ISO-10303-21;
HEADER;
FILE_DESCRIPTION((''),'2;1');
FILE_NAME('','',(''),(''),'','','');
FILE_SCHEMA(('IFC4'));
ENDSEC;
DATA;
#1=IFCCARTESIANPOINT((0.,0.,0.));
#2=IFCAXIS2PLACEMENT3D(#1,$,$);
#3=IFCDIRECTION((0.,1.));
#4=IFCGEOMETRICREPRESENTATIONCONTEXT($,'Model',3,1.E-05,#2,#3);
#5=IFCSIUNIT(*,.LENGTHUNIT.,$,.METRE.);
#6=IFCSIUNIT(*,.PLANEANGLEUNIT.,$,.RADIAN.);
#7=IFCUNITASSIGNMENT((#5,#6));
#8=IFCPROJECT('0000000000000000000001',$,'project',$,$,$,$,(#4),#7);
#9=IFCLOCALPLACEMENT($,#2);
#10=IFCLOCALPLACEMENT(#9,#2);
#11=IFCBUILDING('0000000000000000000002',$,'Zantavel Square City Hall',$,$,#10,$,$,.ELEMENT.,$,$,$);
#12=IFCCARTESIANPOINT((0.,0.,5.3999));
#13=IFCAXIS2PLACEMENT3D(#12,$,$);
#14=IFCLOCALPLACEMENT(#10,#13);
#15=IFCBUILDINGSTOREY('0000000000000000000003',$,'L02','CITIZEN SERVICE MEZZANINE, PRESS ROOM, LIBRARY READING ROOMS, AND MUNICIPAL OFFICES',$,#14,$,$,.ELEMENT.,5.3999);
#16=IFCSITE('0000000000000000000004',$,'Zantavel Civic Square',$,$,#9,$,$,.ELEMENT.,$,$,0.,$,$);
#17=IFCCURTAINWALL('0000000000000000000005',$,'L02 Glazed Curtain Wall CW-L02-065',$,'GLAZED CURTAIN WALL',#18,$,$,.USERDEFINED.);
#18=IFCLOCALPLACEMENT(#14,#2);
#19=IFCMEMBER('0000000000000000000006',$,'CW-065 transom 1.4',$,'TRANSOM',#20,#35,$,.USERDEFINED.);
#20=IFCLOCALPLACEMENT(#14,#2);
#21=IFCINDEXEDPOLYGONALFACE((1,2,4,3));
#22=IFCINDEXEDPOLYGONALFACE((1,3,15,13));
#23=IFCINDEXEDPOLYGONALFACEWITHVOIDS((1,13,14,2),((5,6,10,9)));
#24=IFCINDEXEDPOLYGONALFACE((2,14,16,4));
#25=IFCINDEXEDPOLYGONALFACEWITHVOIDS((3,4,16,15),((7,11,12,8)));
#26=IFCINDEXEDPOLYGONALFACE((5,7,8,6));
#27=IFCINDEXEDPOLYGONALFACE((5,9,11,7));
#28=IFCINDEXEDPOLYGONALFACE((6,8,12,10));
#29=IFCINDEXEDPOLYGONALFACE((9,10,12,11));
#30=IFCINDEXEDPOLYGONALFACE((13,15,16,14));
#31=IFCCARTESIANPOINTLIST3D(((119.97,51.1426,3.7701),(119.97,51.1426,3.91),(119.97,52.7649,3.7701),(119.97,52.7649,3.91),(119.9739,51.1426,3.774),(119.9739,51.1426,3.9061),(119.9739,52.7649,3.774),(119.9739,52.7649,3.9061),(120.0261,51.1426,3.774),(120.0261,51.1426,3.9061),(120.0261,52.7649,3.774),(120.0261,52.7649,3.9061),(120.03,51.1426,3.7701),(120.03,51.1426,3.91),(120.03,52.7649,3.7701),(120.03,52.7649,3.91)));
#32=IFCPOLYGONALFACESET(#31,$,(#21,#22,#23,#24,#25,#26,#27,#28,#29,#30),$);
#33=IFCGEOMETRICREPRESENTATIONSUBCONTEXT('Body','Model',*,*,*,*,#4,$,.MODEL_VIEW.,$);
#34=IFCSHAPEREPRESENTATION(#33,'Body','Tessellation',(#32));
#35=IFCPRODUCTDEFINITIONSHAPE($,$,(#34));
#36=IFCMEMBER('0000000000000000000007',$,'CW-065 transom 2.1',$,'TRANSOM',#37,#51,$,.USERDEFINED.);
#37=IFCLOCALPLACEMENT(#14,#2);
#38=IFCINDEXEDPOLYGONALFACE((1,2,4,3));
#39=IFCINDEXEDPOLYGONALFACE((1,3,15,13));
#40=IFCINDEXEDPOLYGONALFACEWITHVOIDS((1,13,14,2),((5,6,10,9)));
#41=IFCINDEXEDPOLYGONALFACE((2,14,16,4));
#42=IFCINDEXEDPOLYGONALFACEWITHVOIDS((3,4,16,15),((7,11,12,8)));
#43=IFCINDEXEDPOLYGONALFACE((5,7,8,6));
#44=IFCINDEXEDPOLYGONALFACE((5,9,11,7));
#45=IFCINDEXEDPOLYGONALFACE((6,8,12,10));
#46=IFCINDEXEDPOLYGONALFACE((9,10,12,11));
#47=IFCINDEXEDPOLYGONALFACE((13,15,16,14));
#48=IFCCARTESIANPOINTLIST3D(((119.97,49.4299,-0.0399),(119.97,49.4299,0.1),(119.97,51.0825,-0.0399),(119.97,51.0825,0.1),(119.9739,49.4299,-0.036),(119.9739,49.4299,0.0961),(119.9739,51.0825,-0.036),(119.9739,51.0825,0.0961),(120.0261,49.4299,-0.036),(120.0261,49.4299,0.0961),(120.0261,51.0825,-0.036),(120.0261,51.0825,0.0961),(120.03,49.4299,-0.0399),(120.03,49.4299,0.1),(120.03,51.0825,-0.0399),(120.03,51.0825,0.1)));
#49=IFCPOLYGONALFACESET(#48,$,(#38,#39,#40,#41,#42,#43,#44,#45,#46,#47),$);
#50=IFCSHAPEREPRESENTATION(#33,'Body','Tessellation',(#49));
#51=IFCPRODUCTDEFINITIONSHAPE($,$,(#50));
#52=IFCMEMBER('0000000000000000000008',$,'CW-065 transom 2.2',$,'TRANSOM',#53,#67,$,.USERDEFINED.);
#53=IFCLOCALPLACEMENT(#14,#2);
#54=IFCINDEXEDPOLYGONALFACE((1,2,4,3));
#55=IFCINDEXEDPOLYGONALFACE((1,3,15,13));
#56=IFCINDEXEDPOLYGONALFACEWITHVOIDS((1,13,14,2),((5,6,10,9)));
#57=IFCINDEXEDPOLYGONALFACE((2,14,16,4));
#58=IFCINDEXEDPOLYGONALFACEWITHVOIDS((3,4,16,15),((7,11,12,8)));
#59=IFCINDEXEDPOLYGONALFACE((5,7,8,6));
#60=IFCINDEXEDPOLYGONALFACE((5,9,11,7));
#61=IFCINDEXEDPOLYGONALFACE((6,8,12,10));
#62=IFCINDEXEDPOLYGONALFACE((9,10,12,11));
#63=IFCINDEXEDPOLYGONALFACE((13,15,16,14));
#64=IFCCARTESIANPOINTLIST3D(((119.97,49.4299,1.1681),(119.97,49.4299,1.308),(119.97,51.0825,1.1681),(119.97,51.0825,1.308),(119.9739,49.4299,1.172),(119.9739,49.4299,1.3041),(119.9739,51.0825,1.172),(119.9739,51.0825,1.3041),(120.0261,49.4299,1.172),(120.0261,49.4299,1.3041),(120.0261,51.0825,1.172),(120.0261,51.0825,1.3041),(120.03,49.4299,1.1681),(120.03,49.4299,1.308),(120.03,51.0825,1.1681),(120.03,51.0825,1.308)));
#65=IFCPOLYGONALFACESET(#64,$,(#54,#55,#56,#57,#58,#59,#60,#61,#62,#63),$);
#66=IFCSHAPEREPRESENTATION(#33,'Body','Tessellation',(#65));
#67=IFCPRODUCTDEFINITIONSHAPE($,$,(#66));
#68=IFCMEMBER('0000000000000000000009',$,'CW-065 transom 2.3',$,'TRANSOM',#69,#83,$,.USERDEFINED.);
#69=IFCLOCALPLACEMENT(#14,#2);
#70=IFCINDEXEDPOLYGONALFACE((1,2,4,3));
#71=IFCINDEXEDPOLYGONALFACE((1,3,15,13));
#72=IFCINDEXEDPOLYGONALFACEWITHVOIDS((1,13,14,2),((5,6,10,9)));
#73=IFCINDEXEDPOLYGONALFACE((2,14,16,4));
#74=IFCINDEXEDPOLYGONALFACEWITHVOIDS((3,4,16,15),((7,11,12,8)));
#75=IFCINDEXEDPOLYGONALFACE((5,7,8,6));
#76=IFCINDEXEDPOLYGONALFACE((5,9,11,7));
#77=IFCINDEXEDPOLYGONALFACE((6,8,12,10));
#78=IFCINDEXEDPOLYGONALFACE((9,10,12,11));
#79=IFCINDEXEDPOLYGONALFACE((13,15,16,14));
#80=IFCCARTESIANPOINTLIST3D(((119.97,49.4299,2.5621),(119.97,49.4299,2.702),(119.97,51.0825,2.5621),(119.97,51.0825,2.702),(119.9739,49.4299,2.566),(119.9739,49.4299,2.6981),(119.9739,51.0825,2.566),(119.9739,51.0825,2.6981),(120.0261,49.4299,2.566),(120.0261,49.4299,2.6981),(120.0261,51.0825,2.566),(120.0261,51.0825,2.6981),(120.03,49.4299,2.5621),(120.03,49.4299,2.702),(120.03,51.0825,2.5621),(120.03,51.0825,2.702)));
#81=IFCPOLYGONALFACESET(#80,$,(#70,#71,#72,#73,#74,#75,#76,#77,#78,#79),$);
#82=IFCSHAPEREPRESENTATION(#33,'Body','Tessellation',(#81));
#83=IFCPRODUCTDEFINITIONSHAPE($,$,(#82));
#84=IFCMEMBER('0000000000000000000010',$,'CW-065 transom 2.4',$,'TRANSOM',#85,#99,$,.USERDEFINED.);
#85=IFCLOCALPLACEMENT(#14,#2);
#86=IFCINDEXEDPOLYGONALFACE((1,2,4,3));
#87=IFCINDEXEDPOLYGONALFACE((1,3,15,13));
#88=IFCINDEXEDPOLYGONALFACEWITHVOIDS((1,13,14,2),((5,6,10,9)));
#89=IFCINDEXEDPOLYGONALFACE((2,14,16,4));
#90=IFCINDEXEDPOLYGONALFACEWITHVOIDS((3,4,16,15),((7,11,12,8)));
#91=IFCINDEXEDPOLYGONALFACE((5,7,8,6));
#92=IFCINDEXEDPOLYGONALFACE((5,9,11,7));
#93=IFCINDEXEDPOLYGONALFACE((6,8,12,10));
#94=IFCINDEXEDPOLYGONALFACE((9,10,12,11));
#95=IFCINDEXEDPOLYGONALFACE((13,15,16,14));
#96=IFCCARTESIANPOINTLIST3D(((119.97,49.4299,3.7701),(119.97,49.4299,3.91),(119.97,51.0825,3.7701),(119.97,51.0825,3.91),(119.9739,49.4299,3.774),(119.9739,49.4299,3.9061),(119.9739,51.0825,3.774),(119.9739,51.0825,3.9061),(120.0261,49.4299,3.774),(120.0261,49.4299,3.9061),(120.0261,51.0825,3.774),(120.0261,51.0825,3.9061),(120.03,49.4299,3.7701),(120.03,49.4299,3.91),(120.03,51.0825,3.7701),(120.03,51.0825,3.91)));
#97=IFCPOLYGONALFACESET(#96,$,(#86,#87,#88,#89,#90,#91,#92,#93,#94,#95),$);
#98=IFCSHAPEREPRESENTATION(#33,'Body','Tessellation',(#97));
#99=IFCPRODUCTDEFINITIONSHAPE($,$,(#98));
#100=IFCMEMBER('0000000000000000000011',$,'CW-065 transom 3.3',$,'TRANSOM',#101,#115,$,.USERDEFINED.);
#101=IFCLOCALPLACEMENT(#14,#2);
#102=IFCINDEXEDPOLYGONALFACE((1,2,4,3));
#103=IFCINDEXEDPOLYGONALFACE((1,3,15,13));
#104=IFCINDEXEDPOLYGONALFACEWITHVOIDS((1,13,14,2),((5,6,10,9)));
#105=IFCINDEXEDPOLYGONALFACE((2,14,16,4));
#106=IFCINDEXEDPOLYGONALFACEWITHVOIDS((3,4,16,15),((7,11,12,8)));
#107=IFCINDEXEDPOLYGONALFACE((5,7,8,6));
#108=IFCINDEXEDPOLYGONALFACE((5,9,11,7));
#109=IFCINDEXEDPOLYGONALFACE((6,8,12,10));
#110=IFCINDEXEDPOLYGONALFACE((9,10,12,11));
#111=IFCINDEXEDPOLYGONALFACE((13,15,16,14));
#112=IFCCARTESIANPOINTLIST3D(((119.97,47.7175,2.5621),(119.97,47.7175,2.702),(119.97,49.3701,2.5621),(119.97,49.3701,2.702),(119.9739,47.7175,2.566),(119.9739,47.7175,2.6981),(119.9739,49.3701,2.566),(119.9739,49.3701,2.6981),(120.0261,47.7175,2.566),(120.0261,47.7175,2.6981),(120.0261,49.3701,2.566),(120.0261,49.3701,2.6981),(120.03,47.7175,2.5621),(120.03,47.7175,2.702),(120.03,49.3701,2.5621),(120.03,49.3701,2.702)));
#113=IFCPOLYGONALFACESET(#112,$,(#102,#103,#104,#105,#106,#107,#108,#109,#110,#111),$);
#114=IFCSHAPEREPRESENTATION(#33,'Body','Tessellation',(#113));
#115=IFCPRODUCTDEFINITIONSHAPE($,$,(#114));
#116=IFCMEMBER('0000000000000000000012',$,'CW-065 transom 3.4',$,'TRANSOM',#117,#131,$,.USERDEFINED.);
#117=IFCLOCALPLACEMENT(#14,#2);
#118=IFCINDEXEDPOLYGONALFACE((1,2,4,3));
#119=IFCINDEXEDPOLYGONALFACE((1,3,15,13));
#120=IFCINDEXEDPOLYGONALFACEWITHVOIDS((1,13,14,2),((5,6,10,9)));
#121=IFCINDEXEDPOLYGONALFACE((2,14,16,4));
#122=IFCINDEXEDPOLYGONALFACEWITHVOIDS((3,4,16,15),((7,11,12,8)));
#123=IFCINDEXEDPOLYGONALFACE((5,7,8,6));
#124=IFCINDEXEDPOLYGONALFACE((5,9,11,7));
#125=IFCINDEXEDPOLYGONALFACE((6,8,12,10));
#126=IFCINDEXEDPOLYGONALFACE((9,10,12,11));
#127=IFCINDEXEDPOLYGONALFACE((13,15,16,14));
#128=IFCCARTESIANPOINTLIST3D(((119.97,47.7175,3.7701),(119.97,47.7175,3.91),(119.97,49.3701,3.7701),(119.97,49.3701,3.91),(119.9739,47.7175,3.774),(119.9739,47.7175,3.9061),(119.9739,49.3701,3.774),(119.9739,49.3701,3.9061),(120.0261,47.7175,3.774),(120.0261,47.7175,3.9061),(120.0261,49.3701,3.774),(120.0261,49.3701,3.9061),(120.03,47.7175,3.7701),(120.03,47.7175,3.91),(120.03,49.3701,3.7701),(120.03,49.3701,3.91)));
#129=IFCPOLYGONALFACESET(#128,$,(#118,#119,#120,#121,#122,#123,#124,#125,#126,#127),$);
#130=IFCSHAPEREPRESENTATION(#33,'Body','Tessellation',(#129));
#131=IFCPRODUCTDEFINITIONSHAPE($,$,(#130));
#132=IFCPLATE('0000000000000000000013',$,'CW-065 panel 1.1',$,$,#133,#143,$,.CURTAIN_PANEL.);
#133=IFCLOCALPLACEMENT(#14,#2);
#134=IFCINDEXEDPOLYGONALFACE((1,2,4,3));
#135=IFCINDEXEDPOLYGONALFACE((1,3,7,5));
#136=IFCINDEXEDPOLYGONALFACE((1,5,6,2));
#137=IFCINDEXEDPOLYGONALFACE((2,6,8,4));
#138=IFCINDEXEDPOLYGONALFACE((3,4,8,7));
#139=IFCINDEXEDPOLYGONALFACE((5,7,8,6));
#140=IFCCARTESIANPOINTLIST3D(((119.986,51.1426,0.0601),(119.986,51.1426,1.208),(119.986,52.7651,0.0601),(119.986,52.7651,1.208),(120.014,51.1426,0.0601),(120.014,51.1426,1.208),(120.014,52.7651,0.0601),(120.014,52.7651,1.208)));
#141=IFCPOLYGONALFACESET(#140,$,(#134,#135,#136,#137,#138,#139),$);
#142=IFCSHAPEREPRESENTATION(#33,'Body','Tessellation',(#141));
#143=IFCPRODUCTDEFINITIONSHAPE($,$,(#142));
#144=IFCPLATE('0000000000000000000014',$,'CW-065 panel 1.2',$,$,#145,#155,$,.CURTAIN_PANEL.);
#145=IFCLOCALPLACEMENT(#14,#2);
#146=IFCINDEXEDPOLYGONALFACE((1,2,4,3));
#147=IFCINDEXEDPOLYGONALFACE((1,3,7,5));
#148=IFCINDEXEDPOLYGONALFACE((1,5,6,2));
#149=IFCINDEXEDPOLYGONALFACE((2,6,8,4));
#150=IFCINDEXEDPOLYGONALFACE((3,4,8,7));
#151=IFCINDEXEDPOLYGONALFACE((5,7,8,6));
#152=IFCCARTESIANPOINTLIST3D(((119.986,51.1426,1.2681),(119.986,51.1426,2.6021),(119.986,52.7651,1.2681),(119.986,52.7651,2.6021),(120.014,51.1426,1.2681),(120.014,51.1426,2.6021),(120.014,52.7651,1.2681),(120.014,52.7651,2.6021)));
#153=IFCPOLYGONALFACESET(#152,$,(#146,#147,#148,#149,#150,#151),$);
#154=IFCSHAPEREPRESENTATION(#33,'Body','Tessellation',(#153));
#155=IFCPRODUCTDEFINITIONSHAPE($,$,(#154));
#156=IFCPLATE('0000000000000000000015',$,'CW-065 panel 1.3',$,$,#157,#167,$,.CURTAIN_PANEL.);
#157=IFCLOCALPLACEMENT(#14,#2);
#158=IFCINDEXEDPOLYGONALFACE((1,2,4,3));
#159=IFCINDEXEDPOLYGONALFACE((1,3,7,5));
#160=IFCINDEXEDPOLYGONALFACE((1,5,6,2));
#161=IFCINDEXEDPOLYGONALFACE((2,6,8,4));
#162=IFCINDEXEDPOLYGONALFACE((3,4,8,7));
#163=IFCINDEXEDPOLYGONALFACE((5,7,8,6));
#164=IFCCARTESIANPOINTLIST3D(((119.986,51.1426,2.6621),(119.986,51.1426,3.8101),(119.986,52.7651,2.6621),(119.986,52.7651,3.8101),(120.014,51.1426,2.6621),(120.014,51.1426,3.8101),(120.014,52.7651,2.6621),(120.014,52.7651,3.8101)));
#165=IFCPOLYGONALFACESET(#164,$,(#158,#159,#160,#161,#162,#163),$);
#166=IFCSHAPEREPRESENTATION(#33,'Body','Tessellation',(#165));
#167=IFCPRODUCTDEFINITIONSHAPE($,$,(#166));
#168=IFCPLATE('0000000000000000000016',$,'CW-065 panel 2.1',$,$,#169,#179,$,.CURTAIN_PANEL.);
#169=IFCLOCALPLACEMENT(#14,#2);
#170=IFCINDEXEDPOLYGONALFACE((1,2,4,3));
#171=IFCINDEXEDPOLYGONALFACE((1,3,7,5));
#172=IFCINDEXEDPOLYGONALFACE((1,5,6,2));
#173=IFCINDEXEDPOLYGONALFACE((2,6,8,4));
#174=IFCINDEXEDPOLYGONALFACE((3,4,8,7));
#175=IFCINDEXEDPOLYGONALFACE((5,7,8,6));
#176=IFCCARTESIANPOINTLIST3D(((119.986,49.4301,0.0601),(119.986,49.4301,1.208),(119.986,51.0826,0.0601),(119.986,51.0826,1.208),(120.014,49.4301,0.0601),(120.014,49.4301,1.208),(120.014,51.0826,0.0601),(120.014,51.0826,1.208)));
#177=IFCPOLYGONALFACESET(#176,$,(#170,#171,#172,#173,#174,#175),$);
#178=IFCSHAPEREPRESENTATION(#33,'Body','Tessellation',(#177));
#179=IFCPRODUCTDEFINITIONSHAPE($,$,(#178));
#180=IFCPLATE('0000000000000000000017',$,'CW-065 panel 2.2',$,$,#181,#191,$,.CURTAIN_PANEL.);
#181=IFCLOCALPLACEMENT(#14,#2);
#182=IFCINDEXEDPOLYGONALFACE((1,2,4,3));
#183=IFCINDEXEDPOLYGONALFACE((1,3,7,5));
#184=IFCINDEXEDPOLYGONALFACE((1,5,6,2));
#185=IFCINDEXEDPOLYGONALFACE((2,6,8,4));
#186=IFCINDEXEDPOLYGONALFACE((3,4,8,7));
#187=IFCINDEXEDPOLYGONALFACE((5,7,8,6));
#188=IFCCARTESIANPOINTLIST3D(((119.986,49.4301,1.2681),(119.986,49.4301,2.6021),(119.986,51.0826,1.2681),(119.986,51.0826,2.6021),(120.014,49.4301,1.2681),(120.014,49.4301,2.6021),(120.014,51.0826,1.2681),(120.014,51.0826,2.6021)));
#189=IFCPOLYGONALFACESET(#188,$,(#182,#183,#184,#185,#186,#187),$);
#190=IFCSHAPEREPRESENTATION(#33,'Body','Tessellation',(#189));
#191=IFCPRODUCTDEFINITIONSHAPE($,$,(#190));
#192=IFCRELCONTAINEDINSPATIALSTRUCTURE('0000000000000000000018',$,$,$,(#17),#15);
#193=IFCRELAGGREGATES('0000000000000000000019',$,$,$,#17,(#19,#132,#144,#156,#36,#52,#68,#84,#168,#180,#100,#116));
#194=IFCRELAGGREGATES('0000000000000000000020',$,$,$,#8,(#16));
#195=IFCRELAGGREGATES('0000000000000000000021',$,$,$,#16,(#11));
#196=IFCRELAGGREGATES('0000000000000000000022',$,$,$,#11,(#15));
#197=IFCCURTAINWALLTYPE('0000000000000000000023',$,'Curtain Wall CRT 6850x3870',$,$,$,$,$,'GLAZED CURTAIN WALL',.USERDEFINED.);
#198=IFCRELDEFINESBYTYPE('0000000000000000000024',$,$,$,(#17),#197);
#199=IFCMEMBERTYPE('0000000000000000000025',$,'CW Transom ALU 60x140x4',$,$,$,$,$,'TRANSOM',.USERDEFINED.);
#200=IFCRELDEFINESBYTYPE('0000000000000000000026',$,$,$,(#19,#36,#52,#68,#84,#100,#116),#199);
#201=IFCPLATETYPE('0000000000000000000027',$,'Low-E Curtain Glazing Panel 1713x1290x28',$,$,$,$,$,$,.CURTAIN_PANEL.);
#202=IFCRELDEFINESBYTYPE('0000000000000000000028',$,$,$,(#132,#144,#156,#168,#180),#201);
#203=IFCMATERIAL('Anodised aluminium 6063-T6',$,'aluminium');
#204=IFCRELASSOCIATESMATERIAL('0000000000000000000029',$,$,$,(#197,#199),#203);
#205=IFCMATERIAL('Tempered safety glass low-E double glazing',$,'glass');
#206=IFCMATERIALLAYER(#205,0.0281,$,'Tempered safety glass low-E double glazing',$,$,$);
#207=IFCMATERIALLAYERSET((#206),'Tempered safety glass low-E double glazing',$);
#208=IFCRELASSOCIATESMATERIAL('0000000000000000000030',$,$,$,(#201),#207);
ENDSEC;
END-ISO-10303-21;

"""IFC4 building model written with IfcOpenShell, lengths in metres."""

from ifc_helpers import new_model, si_unit, direction, frame, origin, origin_2d, place, context, subcontext, project, spatial, rectangle, hollow_rectangle, extrude, material, layer, layer_set, material_profile, profile_set, type_object, element, aggregate, save


model = new_model("IFC4")

# Units and contexts
model_context = context("Model", 3, precision=1e-05, world=origin(), true_north=direction((0.0, 1.0)))
body_context = subcontext(model_context, "Body", "Model", "MODEL_VIEW")
ifc_project = project(units=[si_unit("LENGTHUNIT", "METRE"), si_unit("PLANEANGLEUNIT", "RADIAN")], contexts=[model_context])

# Site, building, storey
site_placement = place(None, origin())
site = spatial("IfcSite", under=ifc_project, at=site_placement, Name="Zantavel Civic Square", CompositionType="ELEMENT", RefElevation=0.0)
building_placement = place(site_placement, origin())
building = spatial("IfcBuilding", under=site, at=building_placement, Name="Zantavel Square City Hall", CompositionType="ELEMENT")
storey_placement = place(building_placement, frame((0.0, 0.0, 5.3999)))
storey = spatial("IfcBuildingStorey", under=building, at=storey_placement, Name="L02", Description="CITIZEN SERVICE MEZZANINE, PRESS ROOM, LIBRARY READING ROOMS, AND MUNICIPAL OFFICES", CompositionType="ELEMENT", Elevation=5.3999)

# Shared definitions
ifc_material_1 = material(Name="Anodised aluminium 6063-T6", Category="aluminium")
curtain_wall_type = type_object("IfcCurtainWallType", Name="Curtain Wall CRT 6850x3870", ElementType="GLAZED CURTAIN WALL", PredefinedType="USERDEFINED", material=ifc_material_1)

# Curtain wall, members, plates
curtain_wall_1_placement = place(storey_placement, origin())
curtain_wall_1 = element("IfcCurtainWall", 1, at=curtain_wall_1_placement, inside=storey, type_object=curtain_wall_type, Name="L02 Glazed Curtain Wall CW-L02-065", ObjectType="GLAZED CURTAIN WALL", PredefinedType="USERDEFINED")
ifc_material_profile_1 = material_profile(ifc_material_1, hollow_rectangle(XDim=0.0601, YDim=0.1399, WallThickness=0.0039, at=origin_2d()), Name="ALU 60x140x4")
ifc_profile_set_1 = profile_set([ifc_material_profile_1], Name="Anodised aluminium 6063-T6")
member_type_1 = type_object("IfcMemberType", Name="CW Transom ALU 60x140x4", ElementType="TRANSOM", PredefinedType="USERDEFINED", material=ifc_profile_set_1)
member_1_placement = place(storey_placement, frame((120.0, 52.7649, 3.8401), z_axis=(0.0, -1.0, 0.0), x_axis=(1.0, 0.0, 0.0)))
member_1 = element("IfcMember", 2, at=member_1_placement, type_object=member_type_1, Name="CW-065 transom 1.4", ObjectType="TRANSOM", PredefinedType="USERDEFINED", context=body_context, shape_type="SweptSolid", body=[
    extrude(hollow_rectangle(XDim=0.0601, YDim=0.1399, WallThickness=0.0039, at=origin_2d()), origin(), (0.0, 0.0, 1.0), 1.6223),
])
member_2_placement = place(storey_placement, frame((120.0, 51.0825, 0.03), z_axis=(0.0, -1.0, 0.0), x_axis=(1.0, 0.0, 0.0)))
member_2 = element("IfcMember", 3, at=member_2_placement, type_object=member_type_1, Name="CW-065 transom 2.1", ObjectType="TRANSOM", PredefinedType="USERDEFINED", context=body_context, shape_type="SweptSolid", body=[
    extrude(hollow_rectangle(XDim=0.0601, YDim=0.1399, WallThickness=0.0039, at=origin_2d()), origin(), (0.0, 0.0, 1.0), 1.6526),
])
member_3_placement = place(storey_placement, frame((120.0, 51.0825, 1.238), z_axis=(0.0, -1.0, 0.0), x_axis=(1.0, 0.0, 0.0)))
member_3 = element("IfcMember", 4, at=member_3_placement, type_object=member_type_1, Name="CW-065 transom 2.2", ObjectType="TRANSOM", PredefinedType="USERDEFINED", context=body_context, shape_type="SweptSolid", body=[
    extrude(hollow_rectangle(XDim=0.0601, YDim=0.1399, WallThickness=0.0039, at=origin_2d()), origin(), (0.0, 0.0, 1.0), 1.6526),
])
member_4_placement = place(storey_placement, frame((120.0, 51.0825, 2.6321), z_axis=(0.0, -1.0, 0.0), x_axis=(1.0, 0.0, 0.0)))
member_4 = element("IfcMember", 5, at=member_4_placement, type_object=member_type_1, Name="CW-065 transom 2.3", ObjectType="TRANSOM", PredefinedType="USERDEFINED", context=body_context, shape_type="SweptSolid", body=[
    extrude(hollow_rectangle(XDim=0.0601, YDim=0.1399, WallThickness=0.0039, at=origin_2d()), origin(), (0.0, 0.0, 1.0), 1.6526),
])
member_5_placement = place(storey_placement, frame((120.0, 51.0825, 3.8401), z_axis=(0.0, -1.0, 0.0), x_axis=(1.0, 0.0, 0.0)))
member_5 = element("IfcMember", 6, at=member_5_placement, type_object=member_type_1, Name="CW-065 transom 2.4", ObjectType="TRANSOM", PredefinedType="USERDEFINED", context=body_context, shape_type="SweptSolid", body=[
    extrude(hollow_rectangle(XDim=0.0601, YDim=0.1399, WallThickness=0.0039, at=origin_2d()), origin(), (0.0, 0.0, 1.0), 1.6526),
])
member_6_placement = place(storey_placement, frame((120.0, 49.3701, 2.6321), z_axis=(0.0, -1.0, 0.0), x_axis=(1.0, 0.0, 0.0)))
member_6 = element("IfcMember", 7, at=member_6_placement, type_object=member_type_1, Name="CW-065 transom 3.3", ObjectType="TRANSOM", PredefinedType="USERDEFINED", context=body_context, shape_type="SweptSolid", body=[
    extrude(hollow_rectangle(XDim=0.0601, YDim=0.1399, WallThickness=0.0039, at=origin_2d()), origin(), (0.0, 0.0, 1.0), 1.6526),
])
member_7_placement = place(storey_placement, frame((120.0, 49.3701, 3.8401), z_axis=(0.0, -1.0, 0.0), x_axis=(1.0, 0.0, 0.0)))
member_7 = element("IfcMember", 8, at=member_7_placement, type_object=member_type_1, Name="CW-065 transom 3.4", ObjectType="TRANSOM", PredefinedType="USERDEFINED", context=body_context, shape_type="SweptSolid", body=[
    extrude(hollow_rectangle(XDim=0.0601, YDim=0.1399, WallThickness=0.0039, at=origin_2d()), origin(), (0.0, 0.0, 1.0), 1.6526),
])
ifc_material_2 = material(Name="Tempered safety glass low-E double glazing", Category="glass")
ifc_layer = layer(ifc_material_2, 0.0281, Name="Tempered safety glass low-E double glazing")
ifc_layer_set = layer_set([ifc_layer], Name="Tempered safety glass low-E double glazing")
plate_type = type_object("IfcPlateType", Name="Low-E Curtain Glazing Panel 1713x1290x28", PredefinedType="CURTAIN_PANEL", material=ifc_layer_set)
plate_1_placement = place(storey_placement, frame((120.0, 51.9539, 0.0601), z_axis=(0.0, 0.0, 1.0), x_axis=(0.0, -1.0, 0.0)))
plate_1 = element("IfcPlate", 9, at=plate_1_placement, type_object=plate_type, Name="CW-065 panel 1.1", PredefinedType="CURTAIN_PANEL", context=body_context, shape_type="SweptSolid", body=[
    extrude(rectangle(XDim=1.6226, YDim=0.0281, at=origin_2d()), origin(), (0.0, 0.0, 1.0), 1.1479),
])
plate_2_placement = place(storey_placement, frame((120.0, 51.9539, 1.2681), z_axis=(0.0, 0.0, 1.0), x_axis=(0.0, -1.0, 0.0)))
plate_2 = element("IfcPlate", 10, at=plate_2_placement, type_object=plate_type, Name="CW-065 panel 1.2", PredefinedType="CURTAIN_PANEL", context=body_context, shape_type="SweptSolid", body=[
    extrude(rectangle(XDim=1.6226, YDim=0.0281, at=origin_2d()), origin(), (0.0, 0.0, 1.0), 1.334),
])
plate_3_placement = place(storey_placement, frame((120.0, 51.9539, 2.6621), z_axis=(0.0, 0.0, 1.0), x_axis=(0.0, -1.0, 0.0)))
plate_3 = element("IfcPlate", 11, at=plate_3_placement, type_object=plate_type, Name="CW-065 panel 1.3", PredefinedType="CURTAIN_PANEL", context=body_context, shape_type="SweptSolid", body=[
    extrude(rectangle(XDim=1.6226, YDim=0.0281, at=origin_2d()), origin(), (0.0, 0.0, 1.0), 1.1479),
])
plate_4_placement = place(storey_placement, frame((120.0, 50.2563, 0.0601), z_axis=(0.0, 0.0, 1.0), x_axis=(0.0, -1.0, 0.0)))
plate_4 = element("IfcPlate", 12, at=plate_4_placement, type_object=plate_type, Name="CW-065 panel 2.1", PredefinedType="CURTAIN_PANEL", context=body_context, shape_type="SweptSolid", body=[
    extrude(rectangle(XDim=1.6526, YDim=0.0281, at=origin_2d()), origin(), (0.0, 0.0, 1.0), 1.1479),
])
plate_5_placement = place(storey_placement, frame((120.0, 50.2563, 1.2681), z_axis=(0.0, 0.0, 1.0), x_axis=(0.0, -1.0, 0.0)))
plate_5 = element("IfcPlate", 13, at=plate_5_placement, type_object=plate_type, Name="CW-065 panel 2.2", PredefinedType="CURTAIN_PANEL", context=body_context, shape_type="SweptSolid", body=[
    extrude(rectangle(XDim=1.6526, YDim=0.0281, at=origin_2d()), origin(), (0.0, 0.0, 1.0), 1.334),
])
aggregate(curtain_wall_1, [member_1, plate_1, plate_2, plate_3, member_2, member_3, member_4, member_5, plate_4, plate_5, member_6, member_7])

save(model, "model.ifc")
